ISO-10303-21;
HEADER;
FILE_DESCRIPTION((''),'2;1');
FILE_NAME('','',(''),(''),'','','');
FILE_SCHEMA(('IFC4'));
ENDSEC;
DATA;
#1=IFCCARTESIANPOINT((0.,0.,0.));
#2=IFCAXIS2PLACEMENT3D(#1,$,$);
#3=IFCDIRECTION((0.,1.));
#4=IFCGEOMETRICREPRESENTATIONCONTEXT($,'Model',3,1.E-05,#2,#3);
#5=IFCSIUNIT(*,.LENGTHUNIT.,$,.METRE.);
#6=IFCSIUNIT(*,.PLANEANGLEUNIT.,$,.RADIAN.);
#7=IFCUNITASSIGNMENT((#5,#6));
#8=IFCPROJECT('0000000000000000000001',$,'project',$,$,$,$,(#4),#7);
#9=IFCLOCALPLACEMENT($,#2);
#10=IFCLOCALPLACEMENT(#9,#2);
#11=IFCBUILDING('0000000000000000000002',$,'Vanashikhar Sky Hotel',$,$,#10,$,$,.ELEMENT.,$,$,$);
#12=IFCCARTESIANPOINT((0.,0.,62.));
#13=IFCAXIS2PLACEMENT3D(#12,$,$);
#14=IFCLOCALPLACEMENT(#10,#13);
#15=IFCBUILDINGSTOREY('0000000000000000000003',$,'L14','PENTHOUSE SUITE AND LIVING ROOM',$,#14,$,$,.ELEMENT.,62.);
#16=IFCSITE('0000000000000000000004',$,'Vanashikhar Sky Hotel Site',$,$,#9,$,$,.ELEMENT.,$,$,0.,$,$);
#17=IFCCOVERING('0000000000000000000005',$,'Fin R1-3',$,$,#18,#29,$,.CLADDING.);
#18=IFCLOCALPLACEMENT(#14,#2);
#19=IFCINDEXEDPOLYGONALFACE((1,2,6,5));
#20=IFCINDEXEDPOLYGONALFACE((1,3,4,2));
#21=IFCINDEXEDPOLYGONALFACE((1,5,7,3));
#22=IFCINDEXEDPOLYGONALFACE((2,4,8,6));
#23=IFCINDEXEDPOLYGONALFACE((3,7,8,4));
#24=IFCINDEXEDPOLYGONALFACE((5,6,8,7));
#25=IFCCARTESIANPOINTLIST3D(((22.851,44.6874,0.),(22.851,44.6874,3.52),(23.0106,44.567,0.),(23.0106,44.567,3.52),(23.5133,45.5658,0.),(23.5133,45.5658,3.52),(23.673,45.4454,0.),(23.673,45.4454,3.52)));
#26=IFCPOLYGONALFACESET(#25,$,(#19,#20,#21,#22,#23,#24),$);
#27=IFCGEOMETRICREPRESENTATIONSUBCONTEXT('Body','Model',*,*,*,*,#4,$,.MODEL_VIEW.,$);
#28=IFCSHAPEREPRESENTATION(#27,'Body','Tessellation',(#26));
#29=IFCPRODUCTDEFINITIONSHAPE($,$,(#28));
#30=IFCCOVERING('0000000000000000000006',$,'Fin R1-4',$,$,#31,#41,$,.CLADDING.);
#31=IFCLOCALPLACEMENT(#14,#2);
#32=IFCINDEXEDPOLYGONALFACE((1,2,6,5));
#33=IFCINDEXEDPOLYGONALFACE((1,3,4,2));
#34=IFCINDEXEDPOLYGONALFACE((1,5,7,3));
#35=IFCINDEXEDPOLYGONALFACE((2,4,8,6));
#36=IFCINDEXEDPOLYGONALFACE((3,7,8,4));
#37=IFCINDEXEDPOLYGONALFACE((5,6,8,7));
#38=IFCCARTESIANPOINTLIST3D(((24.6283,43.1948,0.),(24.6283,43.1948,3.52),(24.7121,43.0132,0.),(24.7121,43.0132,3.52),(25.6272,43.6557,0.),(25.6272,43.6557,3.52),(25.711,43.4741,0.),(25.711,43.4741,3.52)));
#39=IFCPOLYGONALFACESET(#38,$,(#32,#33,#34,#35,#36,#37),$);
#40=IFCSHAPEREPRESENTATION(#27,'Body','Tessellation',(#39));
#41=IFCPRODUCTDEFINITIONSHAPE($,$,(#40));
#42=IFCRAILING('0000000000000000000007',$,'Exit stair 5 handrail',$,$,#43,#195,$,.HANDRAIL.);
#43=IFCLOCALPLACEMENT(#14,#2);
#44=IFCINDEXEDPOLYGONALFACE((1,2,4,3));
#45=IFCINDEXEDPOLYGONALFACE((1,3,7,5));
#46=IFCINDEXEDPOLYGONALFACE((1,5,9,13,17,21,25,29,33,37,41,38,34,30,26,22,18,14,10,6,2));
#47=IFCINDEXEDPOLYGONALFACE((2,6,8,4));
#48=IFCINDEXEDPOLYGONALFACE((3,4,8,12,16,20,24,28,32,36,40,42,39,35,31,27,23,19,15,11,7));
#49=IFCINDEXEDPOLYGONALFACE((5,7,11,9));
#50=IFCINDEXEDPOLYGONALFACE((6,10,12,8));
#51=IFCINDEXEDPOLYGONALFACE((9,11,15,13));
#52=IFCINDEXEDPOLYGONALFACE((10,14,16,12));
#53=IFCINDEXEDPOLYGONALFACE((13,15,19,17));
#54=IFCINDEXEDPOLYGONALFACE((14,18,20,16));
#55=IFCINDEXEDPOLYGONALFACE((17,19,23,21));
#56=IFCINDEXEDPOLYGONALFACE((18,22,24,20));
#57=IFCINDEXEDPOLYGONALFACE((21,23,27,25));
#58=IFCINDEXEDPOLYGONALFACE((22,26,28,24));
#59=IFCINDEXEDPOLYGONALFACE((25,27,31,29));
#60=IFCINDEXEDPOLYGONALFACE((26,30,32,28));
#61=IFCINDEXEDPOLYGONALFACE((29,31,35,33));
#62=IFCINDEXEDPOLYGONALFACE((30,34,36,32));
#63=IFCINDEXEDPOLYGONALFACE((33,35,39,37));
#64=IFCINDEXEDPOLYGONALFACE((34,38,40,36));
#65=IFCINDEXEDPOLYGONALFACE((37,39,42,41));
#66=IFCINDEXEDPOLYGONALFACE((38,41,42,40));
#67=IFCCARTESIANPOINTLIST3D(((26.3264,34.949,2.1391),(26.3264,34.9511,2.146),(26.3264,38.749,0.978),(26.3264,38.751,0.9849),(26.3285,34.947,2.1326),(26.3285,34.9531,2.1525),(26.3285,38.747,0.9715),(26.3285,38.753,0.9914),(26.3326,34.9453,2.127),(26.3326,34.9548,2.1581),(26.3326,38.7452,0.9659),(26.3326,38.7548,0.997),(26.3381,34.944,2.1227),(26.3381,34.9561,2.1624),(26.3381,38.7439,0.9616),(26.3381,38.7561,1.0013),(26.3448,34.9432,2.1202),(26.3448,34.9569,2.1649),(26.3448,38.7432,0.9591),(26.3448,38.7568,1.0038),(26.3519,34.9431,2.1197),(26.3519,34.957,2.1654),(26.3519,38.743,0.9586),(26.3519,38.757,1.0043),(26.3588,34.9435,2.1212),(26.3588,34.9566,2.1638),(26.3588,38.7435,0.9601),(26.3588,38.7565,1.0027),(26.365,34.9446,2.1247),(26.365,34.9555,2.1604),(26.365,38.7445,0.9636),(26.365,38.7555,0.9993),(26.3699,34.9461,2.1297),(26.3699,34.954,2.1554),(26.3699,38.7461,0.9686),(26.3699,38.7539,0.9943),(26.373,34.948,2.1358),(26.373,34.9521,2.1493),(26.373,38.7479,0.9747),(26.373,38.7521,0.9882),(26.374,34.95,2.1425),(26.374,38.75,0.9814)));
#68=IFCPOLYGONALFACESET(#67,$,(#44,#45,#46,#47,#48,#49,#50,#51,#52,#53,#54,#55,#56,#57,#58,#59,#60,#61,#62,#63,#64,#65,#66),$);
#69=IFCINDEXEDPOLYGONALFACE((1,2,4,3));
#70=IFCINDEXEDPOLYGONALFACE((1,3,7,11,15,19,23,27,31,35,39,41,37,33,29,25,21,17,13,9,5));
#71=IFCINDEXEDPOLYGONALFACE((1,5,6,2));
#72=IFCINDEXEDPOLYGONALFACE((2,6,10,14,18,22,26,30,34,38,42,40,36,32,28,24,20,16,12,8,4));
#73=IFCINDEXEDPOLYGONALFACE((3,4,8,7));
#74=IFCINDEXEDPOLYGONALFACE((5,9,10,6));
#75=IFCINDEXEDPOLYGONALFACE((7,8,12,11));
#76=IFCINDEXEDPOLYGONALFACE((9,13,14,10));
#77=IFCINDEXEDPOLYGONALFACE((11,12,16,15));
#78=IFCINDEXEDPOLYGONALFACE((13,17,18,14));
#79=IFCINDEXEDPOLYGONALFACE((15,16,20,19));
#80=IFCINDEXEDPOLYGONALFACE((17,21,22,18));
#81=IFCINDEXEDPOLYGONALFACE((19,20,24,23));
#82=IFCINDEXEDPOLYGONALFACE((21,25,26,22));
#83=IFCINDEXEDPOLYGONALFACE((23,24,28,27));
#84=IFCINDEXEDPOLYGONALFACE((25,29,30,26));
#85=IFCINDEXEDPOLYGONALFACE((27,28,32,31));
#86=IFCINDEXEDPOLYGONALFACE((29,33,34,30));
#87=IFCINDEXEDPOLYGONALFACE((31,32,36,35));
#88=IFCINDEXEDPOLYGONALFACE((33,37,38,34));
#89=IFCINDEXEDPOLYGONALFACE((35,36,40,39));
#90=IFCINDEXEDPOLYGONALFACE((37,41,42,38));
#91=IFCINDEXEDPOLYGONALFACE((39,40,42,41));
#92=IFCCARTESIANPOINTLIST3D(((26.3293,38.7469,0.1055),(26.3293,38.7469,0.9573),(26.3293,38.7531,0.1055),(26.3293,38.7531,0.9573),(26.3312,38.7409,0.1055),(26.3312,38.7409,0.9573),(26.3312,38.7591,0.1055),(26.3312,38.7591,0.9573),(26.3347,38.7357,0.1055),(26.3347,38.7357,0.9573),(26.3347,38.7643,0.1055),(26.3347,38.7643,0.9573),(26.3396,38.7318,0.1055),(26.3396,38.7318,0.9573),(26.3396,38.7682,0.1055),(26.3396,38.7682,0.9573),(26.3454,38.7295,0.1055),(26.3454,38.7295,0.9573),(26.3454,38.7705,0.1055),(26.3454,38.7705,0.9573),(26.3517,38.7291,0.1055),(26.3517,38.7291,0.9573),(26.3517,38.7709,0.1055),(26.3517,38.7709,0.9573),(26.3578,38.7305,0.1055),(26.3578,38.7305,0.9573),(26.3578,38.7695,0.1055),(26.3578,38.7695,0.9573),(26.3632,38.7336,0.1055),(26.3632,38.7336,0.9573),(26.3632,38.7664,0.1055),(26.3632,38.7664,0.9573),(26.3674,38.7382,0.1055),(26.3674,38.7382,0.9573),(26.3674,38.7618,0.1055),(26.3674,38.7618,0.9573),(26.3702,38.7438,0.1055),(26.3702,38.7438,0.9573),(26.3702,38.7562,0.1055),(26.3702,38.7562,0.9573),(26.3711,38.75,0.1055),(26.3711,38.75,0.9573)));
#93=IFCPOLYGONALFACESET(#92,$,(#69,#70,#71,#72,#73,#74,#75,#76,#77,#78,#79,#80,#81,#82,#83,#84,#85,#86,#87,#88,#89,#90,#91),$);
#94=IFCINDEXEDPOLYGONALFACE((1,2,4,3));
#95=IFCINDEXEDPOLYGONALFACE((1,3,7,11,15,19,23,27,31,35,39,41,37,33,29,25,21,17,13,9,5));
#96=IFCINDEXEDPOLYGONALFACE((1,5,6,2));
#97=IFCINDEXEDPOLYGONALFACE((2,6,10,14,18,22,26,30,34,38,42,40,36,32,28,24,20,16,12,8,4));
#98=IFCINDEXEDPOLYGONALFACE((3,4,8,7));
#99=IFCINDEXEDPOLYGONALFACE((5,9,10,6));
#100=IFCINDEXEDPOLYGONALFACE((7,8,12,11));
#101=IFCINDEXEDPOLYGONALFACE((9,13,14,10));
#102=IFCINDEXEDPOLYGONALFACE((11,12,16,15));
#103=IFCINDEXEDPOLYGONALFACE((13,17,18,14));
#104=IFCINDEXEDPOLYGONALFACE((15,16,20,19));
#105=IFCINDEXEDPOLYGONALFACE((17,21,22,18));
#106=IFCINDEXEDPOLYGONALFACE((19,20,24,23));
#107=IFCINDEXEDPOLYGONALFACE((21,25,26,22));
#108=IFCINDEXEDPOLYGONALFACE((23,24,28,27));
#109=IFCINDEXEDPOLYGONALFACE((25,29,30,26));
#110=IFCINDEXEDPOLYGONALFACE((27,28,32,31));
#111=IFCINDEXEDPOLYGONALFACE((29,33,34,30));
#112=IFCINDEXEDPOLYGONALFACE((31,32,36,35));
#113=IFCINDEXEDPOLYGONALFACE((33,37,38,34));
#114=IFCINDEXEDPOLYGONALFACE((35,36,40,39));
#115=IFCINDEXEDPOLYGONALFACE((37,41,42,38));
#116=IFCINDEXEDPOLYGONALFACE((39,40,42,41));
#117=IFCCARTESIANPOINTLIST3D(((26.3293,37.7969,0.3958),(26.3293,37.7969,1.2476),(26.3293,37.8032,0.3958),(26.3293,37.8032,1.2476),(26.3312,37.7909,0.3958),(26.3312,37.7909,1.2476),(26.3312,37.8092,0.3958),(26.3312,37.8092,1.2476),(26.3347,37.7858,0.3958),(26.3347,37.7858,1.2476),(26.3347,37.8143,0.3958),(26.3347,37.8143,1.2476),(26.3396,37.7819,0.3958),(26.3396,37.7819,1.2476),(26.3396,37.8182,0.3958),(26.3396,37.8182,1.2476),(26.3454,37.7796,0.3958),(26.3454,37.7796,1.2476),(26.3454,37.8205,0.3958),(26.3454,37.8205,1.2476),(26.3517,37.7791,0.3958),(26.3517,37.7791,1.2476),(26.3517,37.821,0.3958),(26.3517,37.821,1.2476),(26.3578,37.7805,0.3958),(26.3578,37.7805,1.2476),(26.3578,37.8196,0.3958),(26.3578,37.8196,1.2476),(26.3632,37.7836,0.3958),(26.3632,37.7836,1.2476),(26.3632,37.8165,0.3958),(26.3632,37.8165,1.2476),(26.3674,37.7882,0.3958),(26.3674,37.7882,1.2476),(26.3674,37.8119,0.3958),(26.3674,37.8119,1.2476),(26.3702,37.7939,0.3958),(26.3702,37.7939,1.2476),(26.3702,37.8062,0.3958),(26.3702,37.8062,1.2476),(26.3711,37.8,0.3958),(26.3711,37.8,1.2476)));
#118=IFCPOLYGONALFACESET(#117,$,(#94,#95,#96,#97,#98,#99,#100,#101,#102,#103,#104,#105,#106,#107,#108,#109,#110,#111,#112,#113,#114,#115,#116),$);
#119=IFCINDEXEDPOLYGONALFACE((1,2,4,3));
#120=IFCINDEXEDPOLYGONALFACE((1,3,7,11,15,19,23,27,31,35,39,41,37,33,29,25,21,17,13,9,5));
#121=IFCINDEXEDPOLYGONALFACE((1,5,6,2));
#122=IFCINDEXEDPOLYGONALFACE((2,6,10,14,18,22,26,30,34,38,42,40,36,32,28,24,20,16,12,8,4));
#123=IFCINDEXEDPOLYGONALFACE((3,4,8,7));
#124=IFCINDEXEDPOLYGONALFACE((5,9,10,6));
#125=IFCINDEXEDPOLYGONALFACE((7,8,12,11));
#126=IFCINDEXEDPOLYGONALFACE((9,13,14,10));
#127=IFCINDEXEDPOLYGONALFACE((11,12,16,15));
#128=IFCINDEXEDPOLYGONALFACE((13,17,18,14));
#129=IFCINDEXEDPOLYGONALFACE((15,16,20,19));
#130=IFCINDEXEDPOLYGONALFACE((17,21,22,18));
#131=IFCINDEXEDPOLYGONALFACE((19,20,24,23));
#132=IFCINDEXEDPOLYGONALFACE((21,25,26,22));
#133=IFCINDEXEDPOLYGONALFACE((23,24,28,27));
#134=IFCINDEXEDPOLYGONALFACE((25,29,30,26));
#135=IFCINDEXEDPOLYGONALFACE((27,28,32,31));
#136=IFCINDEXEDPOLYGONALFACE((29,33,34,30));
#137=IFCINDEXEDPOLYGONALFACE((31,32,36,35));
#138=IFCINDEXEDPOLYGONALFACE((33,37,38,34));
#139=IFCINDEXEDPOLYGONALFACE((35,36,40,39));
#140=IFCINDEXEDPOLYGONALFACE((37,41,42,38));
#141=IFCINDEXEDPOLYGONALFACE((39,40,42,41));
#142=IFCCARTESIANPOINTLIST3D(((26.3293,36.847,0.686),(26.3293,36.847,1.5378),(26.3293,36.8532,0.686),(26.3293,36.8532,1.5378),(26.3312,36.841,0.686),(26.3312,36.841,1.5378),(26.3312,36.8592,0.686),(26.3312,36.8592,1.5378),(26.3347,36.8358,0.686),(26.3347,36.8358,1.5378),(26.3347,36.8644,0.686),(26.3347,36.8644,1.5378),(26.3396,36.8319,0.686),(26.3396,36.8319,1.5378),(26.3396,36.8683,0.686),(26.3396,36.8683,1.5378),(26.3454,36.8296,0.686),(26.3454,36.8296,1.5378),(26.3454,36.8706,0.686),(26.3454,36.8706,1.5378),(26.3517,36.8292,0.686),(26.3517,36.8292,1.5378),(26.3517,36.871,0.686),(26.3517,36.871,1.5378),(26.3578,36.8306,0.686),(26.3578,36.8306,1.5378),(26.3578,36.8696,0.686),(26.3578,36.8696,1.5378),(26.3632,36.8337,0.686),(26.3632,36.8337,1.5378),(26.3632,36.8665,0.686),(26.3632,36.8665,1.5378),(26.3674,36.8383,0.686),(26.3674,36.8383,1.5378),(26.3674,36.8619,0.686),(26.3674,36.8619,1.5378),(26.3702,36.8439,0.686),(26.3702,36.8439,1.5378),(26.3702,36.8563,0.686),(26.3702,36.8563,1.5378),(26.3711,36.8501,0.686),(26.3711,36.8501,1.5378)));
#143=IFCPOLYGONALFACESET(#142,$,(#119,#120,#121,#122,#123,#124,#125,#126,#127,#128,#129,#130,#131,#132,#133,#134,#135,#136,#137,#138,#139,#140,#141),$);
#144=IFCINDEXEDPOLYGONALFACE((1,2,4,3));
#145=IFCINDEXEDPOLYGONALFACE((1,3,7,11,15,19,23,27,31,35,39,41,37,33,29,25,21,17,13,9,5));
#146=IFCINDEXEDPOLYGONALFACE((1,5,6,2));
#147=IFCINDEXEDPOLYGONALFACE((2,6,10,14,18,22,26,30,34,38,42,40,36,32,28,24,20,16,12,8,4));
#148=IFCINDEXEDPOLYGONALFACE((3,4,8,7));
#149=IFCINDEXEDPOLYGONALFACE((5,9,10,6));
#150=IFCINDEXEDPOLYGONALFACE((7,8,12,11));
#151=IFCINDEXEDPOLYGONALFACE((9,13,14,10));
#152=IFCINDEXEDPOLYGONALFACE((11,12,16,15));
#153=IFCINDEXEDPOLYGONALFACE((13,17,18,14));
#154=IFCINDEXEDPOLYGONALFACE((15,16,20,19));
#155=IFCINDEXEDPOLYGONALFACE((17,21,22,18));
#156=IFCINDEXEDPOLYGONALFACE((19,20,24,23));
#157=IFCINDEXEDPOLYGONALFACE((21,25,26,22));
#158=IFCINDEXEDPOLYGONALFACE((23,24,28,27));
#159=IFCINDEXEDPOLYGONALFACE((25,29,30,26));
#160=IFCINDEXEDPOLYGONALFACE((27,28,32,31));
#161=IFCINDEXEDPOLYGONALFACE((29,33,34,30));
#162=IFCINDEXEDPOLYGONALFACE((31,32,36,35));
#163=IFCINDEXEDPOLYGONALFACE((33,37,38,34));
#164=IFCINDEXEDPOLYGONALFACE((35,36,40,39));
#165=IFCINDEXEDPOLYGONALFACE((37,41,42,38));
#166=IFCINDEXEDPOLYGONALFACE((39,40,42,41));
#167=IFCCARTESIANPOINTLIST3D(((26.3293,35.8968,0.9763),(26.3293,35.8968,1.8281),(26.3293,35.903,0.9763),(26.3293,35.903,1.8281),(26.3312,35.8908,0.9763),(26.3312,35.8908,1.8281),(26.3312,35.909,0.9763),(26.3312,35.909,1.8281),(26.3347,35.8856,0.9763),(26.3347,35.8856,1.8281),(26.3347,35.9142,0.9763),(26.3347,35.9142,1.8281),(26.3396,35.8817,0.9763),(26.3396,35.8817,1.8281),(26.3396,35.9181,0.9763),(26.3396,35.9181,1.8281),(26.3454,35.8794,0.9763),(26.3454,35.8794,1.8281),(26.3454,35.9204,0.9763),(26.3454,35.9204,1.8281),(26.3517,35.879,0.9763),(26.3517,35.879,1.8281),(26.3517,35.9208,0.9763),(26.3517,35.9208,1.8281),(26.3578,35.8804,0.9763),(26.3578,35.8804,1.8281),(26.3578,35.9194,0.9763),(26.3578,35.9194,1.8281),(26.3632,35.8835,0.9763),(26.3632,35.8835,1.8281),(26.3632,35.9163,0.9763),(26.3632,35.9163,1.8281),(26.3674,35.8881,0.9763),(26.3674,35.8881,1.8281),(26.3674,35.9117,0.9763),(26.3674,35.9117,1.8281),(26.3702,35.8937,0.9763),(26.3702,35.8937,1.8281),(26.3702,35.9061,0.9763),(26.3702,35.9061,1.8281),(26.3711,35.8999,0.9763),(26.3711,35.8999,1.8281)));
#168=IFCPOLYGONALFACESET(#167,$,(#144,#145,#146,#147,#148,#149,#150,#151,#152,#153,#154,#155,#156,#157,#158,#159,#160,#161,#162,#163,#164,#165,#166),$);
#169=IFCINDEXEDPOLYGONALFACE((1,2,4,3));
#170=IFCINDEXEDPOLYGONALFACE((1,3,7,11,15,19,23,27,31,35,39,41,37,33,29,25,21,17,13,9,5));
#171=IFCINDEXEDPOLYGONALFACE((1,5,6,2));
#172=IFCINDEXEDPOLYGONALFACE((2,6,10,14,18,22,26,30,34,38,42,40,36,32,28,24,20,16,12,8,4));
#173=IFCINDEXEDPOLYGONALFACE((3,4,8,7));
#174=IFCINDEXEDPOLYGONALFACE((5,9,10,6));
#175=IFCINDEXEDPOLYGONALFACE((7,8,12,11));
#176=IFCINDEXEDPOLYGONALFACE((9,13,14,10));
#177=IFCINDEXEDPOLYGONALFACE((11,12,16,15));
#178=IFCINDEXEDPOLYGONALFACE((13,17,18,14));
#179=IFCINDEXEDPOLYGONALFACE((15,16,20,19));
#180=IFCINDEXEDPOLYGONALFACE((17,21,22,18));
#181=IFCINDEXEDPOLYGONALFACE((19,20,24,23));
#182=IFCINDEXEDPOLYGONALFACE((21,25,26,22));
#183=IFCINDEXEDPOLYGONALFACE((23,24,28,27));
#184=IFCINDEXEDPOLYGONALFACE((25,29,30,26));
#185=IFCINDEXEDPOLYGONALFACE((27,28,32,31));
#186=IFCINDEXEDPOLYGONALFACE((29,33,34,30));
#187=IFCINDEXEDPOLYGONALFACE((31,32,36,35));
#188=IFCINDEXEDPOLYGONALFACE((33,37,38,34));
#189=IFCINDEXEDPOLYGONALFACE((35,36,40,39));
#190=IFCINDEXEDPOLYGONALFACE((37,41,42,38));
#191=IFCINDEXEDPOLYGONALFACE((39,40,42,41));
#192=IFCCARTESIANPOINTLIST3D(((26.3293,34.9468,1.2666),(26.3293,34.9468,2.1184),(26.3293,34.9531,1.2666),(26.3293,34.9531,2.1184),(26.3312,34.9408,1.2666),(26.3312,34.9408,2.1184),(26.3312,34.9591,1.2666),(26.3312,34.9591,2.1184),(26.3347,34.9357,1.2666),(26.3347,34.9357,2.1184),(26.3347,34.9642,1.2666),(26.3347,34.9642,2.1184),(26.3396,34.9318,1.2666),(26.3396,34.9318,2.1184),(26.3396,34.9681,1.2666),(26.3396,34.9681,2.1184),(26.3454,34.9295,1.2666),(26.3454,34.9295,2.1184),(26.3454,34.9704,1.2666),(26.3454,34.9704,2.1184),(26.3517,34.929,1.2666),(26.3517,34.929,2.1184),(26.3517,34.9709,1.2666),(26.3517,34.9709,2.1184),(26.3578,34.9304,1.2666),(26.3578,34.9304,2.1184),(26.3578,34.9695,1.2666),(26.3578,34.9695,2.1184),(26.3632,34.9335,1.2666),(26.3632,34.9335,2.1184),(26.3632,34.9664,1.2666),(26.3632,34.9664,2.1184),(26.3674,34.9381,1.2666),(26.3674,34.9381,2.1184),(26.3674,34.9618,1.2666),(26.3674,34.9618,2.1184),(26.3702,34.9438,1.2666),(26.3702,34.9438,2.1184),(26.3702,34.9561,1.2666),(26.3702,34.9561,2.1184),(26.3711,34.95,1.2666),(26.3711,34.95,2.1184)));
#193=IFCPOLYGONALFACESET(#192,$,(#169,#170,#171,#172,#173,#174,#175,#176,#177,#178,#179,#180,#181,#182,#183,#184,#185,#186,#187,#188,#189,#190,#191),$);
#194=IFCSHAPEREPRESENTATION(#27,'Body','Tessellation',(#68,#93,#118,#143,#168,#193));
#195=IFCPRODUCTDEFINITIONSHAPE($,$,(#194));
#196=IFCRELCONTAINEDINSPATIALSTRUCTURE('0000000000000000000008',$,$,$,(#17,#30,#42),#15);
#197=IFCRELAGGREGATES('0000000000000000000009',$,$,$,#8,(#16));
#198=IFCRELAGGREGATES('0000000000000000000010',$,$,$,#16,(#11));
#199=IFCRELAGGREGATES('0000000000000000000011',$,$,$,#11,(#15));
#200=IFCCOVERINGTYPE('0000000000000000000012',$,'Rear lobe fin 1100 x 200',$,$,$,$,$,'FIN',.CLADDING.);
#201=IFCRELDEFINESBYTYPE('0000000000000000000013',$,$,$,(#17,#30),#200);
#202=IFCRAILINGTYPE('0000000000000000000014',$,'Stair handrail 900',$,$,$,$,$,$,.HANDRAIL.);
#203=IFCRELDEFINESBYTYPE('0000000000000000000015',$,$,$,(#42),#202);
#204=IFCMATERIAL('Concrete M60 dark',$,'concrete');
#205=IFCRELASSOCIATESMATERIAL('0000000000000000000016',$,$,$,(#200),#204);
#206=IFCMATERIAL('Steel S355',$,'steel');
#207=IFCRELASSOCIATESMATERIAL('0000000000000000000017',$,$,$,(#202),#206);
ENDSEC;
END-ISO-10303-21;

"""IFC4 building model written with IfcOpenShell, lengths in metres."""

from ifc_helpers import new_model, si_unit, direction, frame, origin, origin_2d, place, context, subcontext, project, spatial, rectangle, circle, extrude, source, transform, mapped, material, material_profile, profile_set, type_object, element, save


model = new_model("IFC4")

# Units and contexts
model_context = context("Model", 3, precision=1e-05, world=origin(), true_north=direction((0.0, 1.0)))
body_context = subcontext(model_context, "Body", "Model", "MODEL_VIEW")
ifc_project = project(units=[si_unit("LENGTHUNIT", "METRE"), si_unit("PLANEANGLEUNIT", "RADIAN")], contexts=[model_context])

# Site, building, storey
site_placement = place(None, origin())
site = spatial("IfcSite", under=ifc_project, at=site_placement, Name="Vanashikhar Sky Hotel Site", CompositionType="ELEMENT", RefElevation=0.0)
building_placement = place(site_placement, origin())
building = spatial("IfcBuilding", under=site, at=building_placement, Name="Vanashikhar Sky Hotel", CompositionType="ELEMENT")
storey_placement = place(building_placement, frame((0.0, 0.0, 62.0)))
storey = spatial("IfcBuildingStorey", under=building, at=storey_placement, Name="L14", Description="PENTHOUSE SUITE AND LIVING ROOM", CompositionType="ELEMENT", Elevation=62.0)

# Coverings
ifc_material_1 = material(Name="Concrete M60 dark", Category="concrete")
ifc_material_profile = material_profile(ifc_material_1, rectangle(XDim=1.1001, YDim=0.2, at=origin_2d()))
ifc_profile_set = profile_set([ifc_material_profile], Name="Rear lobe fin 1100 x 200")
covering_type = type_object("IfcCoveringType", Name="Rear lobe fin 1100 x 200", ElementType="FIN", PredefinedType="CLADDING", material=ifc_profile_set)
shared_shape_1 = source(origin(), body_context, "Body", "SweptSolid", [
    extrude(rectangle(XDim=1.1001, YDim=0.2, at=origin_2d()), origin(), (0.0, 0.0, 1.0), 3.52),
])
for number, where, z_axis, x_axis, name in (
    (1, (23.262, 45.0664, 0.0), (0.0, 0.0, 1.0), (0.602066, 0.798446, 0.0), "Fin R1-3"),
    (2, (25.1697, 43.3345, 0.0), (0.0, 0.0, 1.0), (0.908004, 0.418961, 0.0), "Fin R1-4"),
):
    element("IfcCovering", number, at=place(storey_placement, frame(where, z_axis=z_axis, x_axis=x_axis)), inside=storey, type_object=covering_type, Name=name, PredefinedType="CLADDING", context=body_context, shape_type="MappedRepresentation", body=[
        mapped(shared_shape_1, transform((0.0, 0.0, 0.0), scale=1.0)),
    ])

# Railing
ifc_material_2 = material(Name="Steel S355", Category="steel")
railing_type = type_object("IfcRailingType", Name="Stair handrail 900", PredefinedType="HANDRAIL", material=ifc_material_2)
shared_shape_2 = source(origin(), body_context, "Body", "SweptSolid", [
    extrude(circle(Radius=0.0239, at=origin_2d()), frame((0.0, 0.0, 0.876), z_axis=(0.0, -0.956351, 0.29222), x_axis=(1.0, 0.0, 0.0)), (0.0, 0.0, 1.0), 3.9734),
    extrude(circle(Radius=0.021, at=origin_2d()), origin(), (0.0, 0.0, 1.0), 0.8518),
    extrude(circle(Radius=0.021, at=origin_2d()), frame((0.0, -0.95, 0.2903)), (0.0, 0.0, 1.0), 0.8518),
    extrude(circle(Radius=0.021, at=origin_2d()), frame((0.0, -1.8999, 0.5806)), (0.0, 0.0, 1.0), 0.8518),
    extrude(circle(Radius=0.021, at=origin_2d()), frame((0.0, -2.8501, 0.8708)), (0.0, 0.0, 1.0), 0.8518),
    extrude(circle(Radius=0.021, at=origin_2d()), frame((0.0, -3.8, 1.1611)), (0.0, 0.0, 1.0), 0.8518),
])
for number, where, name in (
    (3, (26.3501, 38.75, 0.1055), "Exit stair 5 handrail"),
):
    element("IfcRailing", number, at=place(storey_placement, frame(where)), inside=storey, type_object=railing_type, Name=name, PredefinedType="HANDRAIL", context=body_context, shape_type="MappedRepresentation", body=[
        mapped(shared_shape_2, transform((0.0, 0.0, 0.0), scale=1.0)),
    ])

save(model, "model.ifc")
